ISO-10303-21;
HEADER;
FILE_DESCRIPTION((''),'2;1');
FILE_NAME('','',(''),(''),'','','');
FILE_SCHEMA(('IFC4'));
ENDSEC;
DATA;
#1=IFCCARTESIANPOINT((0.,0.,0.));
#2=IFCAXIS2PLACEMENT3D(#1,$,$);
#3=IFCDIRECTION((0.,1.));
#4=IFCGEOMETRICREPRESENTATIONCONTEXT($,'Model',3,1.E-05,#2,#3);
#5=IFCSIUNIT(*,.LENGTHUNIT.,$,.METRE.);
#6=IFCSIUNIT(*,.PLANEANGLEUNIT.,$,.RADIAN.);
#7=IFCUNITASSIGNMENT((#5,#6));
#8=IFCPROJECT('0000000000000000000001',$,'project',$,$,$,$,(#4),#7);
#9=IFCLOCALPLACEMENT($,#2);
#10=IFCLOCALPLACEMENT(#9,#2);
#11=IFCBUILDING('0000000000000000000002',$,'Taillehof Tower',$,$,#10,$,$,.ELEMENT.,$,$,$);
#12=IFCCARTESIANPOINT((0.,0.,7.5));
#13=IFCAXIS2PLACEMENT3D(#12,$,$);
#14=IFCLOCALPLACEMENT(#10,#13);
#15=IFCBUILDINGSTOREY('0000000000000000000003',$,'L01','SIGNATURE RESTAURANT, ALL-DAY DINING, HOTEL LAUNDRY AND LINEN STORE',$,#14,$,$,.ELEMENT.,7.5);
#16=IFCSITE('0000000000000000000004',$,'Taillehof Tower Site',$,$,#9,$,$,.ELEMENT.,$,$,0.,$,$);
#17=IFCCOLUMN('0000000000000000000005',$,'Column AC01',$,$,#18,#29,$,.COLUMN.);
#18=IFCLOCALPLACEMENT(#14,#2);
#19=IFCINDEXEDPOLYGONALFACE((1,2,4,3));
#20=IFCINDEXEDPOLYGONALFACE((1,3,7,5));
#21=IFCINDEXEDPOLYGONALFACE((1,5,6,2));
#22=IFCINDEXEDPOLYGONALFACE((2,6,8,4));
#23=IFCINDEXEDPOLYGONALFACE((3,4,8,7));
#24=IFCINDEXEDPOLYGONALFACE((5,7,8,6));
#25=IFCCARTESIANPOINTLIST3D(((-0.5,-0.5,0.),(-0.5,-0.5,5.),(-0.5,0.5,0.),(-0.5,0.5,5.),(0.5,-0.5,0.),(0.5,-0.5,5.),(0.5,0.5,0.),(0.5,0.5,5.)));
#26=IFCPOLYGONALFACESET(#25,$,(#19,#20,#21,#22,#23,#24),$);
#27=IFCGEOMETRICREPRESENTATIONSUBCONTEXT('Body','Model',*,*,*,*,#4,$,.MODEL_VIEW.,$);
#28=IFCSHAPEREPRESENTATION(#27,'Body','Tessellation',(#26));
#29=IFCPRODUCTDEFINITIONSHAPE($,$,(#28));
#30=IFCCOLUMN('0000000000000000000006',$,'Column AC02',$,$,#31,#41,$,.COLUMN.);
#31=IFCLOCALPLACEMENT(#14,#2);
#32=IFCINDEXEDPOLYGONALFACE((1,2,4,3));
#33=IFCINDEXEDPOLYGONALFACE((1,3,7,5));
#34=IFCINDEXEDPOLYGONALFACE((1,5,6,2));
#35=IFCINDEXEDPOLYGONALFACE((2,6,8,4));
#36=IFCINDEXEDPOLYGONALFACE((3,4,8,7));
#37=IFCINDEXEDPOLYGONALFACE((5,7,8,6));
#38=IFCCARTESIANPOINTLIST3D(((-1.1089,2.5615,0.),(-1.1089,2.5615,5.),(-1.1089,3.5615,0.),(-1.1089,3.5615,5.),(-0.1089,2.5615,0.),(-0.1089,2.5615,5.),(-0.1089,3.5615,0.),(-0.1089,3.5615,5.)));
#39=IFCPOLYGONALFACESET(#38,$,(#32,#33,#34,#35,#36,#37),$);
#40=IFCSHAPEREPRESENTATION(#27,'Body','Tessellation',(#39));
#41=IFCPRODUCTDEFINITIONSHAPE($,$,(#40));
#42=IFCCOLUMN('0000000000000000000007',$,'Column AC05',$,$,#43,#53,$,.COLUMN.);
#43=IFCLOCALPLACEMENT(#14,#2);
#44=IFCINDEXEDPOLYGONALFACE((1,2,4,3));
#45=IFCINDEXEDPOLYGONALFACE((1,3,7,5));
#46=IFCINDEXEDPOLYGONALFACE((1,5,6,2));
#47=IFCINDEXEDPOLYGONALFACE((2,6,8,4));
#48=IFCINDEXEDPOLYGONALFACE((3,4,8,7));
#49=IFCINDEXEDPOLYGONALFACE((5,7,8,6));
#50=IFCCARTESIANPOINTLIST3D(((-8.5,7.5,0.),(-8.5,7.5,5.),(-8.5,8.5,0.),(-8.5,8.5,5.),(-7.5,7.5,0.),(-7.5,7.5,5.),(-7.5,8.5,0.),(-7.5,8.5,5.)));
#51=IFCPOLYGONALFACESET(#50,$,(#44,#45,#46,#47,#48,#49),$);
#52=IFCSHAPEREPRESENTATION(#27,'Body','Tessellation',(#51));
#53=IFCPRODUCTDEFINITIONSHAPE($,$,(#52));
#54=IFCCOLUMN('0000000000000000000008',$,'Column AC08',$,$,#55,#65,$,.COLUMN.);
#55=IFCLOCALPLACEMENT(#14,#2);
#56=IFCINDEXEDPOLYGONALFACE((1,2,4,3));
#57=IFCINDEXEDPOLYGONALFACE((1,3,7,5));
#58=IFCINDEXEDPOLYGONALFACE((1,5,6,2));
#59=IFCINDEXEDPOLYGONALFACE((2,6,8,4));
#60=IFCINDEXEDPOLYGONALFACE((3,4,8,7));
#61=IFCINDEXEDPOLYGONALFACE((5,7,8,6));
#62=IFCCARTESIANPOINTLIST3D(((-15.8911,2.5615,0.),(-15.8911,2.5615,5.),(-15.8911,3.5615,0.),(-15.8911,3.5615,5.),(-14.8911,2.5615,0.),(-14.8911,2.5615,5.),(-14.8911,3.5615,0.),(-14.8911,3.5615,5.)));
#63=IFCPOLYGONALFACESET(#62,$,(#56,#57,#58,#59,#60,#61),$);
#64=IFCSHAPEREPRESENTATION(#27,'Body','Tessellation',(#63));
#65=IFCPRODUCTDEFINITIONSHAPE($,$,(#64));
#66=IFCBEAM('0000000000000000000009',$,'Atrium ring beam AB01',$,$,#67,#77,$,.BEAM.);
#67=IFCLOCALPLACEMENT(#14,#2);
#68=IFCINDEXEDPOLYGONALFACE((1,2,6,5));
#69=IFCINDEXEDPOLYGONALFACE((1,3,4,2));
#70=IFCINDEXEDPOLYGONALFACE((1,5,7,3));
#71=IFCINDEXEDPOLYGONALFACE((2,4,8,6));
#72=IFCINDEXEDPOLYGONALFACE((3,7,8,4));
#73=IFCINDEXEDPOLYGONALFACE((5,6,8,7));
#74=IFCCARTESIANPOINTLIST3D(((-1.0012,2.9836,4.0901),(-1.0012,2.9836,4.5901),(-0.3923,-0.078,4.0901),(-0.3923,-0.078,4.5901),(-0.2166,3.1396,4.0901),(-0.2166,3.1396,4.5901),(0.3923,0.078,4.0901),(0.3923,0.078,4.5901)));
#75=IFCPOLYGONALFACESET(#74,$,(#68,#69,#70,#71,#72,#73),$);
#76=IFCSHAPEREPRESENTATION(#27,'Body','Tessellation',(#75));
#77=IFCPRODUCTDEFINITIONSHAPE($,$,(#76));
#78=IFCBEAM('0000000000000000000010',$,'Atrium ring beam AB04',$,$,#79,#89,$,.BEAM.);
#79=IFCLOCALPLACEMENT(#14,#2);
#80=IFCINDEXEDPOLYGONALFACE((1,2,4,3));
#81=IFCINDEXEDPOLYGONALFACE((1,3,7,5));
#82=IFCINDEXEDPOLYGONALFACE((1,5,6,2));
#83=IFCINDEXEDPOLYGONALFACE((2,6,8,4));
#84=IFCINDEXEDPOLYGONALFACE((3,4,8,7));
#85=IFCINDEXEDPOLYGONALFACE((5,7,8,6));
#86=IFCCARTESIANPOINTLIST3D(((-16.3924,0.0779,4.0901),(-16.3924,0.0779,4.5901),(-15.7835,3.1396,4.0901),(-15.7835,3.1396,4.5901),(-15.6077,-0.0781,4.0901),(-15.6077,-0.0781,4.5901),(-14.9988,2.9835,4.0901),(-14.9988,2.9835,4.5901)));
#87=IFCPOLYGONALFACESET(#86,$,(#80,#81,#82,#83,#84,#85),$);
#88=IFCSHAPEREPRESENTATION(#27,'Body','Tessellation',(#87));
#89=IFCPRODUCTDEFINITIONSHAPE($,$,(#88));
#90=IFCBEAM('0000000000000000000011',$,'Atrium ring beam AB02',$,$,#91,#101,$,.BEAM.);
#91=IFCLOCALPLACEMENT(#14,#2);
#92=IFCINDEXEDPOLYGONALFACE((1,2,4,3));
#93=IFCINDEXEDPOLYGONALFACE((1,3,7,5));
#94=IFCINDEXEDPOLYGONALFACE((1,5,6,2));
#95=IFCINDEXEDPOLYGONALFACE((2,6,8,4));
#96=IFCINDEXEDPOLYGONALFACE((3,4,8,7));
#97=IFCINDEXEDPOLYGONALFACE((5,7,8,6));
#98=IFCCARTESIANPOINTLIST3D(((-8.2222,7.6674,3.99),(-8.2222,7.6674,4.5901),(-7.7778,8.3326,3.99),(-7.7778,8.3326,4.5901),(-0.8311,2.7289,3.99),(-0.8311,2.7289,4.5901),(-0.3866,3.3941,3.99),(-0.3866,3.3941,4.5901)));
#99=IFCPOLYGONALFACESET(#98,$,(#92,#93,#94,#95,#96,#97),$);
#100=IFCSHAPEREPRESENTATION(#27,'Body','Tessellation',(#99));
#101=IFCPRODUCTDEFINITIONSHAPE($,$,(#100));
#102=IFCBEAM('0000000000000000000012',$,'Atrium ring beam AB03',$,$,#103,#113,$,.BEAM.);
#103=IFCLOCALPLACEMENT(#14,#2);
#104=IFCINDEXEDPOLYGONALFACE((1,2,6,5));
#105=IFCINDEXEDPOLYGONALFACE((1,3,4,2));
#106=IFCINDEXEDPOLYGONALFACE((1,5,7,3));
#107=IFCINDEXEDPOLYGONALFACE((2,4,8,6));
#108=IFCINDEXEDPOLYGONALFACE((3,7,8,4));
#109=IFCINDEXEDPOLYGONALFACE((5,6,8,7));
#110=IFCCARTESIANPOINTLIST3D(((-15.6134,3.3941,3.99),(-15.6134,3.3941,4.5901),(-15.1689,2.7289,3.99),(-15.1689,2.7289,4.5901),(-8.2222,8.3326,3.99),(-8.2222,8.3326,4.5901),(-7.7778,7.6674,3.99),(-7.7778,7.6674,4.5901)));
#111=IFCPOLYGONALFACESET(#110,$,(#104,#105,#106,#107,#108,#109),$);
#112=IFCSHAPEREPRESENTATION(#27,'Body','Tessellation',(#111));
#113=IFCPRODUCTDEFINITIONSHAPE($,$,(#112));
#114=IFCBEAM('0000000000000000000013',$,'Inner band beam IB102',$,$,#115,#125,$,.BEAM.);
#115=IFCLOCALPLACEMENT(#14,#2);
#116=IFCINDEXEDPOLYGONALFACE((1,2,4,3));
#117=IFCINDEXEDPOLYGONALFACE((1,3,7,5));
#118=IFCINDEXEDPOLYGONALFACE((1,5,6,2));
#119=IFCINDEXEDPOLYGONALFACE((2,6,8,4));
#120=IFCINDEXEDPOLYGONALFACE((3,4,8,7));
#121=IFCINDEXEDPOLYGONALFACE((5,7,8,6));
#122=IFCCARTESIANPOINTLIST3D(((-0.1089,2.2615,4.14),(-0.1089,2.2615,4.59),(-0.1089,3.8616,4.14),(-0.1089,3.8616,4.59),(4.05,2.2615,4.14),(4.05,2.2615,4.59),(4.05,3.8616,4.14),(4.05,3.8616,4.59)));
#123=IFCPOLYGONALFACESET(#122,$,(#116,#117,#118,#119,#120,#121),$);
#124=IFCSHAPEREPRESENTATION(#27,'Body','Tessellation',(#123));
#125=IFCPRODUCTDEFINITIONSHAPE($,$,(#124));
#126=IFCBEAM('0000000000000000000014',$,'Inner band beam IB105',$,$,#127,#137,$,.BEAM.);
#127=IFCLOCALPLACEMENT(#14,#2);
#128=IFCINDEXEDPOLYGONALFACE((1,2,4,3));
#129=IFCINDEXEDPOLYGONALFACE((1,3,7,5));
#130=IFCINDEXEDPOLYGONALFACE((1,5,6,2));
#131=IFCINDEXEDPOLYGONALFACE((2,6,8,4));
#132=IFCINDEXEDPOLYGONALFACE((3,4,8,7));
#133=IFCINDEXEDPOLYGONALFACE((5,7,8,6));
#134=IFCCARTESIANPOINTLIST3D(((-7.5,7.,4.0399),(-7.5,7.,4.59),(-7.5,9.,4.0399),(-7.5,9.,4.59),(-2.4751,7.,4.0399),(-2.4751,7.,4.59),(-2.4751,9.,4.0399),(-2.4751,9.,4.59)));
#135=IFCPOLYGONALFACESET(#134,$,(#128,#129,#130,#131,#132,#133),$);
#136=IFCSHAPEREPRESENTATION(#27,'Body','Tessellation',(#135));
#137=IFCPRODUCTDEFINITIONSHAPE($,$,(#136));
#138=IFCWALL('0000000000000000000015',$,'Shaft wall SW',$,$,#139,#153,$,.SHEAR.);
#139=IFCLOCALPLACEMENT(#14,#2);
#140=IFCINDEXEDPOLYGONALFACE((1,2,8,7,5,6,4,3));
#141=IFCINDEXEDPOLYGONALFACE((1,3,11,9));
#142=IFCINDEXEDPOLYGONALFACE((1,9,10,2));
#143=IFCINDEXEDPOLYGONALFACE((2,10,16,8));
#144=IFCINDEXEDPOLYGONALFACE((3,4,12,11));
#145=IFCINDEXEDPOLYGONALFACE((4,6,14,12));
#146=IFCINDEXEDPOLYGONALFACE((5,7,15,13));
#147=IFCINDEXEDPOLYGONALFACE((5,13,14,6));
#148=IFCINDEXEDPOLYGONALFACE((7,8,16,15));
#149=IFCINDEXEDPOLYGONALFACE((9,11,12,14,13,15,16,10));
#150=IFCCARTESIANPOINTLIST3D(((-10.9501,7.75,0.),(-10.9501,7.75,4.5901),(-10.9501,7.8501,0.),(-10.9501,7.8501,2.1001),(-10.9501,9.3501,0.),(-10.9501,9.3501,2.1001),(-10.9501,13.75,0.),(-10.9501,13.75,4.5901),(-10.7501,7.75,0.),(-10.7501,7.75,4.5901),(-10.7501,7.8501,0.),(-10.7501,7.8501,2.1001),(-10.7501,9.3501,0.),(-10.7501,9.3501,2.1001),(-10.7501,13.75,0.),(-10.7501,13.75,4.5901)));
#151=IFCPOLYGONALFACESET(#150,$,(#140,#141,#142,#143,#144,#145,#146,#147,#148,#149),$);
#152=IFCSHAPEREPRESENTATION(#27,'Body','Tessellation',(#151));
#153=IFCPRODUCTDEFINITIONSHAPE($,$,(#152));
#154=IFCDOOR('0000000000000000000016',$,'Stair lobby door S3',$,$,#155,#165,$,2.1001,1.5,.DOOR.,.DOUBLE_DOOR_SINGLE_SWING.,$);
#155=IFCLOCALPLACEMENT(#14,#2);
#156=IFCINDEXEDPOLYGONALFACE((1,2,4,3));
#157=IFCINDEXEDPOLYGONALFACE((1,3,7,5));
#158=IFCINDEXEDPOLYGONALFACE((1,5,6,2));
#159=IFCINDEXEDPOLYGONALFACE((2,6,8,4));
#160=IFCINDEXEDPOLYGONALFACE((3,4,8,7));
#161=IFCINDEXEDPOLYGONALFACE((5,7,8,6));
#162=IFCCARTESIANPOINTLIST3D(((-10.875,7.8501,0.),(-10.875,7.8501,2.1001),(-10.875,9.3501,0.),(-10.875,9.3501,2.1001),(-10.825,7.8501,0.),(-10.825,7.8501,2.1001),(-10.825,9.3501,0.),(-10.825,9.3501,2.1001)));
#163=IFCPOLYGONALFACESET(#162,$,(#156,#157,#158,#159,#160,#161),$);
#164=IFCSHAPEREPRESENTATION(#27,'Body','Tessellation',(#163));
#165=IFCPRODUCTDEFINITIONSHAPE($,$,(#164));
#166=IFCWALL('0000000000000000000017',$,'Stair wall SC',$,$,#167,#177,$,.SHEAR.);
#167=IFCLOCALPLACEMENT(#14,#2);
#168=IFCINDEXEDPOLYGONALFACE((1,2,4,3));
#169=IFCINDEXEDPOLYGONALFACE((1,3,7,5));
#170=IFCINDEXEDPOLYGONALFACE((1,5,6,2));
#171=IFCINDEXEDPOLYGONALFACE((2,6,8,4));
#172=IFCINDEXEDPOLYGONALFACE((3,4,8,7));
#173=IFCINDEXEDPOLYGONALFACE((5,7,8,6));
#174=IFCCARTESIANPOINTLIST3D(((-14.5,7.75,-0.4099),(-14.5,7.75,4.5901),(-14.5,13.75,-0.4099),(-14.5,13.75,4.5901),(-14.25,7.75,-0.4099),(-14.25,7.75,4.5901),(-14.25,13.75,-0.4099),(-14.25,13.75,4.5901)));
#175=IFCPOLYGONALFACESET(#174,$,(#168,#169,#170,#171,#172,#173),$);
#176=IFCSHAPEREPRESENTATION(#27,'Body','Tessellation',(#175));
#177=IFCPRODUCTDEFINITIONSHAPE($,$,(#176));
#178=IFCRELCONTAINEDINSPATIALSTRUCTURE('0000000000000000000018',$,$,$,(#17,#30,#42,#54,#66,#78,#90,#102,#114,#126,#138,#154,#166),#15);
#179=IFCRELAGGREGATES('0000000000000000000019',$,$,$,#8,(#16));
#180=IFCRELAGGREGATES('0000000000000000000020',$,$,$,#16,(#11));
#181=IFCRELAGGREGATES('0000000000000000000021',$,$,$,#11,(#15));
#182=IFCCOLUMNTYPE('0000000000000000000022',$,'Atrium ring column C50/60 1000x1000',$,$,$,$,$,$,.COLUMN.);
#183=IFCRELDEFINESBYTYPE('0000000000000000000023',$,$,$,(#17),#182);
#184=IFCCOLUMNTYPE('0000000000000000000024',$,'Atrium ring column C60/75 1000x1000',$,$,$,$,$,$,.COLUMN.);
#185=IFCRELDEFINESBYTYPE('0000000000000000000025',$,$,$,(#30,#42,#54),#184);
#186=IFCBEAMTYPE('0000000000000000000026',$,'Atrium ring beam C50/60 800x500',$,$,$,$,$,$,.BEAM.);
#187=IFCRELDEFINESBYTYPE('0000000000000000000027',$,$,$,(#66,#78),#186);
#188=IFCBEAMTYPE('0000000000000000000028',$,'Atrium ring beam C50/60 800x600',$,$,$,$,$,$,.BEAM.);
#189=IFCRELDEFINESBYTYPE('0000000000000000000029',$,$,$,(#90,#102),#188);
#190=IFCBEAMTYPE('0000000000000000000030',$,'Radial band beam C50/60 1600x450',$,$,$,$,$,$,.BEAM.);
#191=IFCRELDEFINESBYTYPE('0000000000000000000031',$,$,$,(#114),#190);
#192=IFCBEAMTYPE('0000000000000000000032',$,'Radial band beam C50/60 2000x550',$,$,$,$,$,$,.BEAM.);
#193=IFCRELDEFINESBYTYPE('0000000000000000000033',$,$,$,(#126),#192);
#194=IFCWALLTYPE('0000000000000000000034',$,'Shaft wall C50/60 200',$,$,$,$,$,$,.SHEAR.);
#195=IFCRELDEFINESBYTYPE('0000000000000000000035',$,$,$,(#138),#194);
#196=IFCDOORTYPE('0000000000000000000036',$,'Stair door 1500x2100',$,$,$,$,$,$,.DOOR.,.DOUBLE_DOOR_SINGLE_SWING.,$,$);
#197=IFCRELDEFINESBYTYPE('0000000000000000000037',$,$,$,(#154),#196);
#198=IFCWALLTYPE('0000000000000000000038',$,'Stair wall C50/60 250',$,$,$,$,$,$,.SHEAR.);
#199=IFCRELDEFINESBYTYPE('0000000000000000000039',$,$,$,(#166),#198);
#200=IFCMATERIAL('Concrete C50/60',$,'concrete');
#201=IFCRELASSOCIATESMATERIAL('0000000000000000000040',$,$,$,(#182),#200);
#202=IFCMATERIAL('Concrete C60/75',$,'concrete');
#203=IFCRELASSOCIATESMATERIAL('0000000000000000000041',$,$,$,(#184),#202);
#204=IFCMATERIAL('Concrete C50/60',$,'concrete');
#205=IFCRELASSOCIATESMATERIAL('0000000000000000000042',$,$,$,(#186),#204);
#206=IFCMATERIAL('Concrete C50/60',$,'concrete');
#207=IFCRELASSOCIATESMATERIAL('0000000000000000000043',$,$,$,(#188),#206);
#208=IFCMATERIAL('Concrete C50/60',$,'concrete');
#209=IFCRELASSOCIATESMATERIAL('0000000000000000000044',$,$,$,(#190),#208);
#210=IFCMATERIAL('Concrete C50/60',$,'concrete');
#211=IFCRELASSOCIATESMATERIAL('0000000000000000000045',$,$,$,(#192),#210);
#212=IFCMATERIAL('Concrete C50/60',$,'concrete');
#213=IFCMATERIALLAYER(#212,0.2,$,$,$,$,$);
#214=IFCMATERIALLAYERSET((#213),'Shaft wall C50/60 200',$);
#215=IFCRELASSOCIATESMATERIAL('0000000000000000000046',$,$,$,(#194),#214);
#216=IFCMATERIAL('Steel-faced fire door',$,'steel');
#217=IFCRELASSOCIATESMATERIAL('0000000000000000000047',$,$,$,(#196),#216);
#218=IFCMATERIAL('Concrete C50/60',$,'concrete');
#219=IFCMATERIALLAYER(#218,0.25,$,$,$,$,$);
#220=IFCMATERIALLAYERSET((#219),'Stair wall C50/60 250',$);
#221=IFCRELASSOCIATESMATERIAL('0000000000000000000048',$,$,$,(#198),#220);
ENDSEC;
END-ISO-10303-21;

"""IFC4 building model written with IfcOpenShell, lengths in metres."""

from ifc_helpers import new_model, si_unit, direction, frame, frame_2d, origin, origin_with_axes, origin_2d, place, context, subcontext, project, spatial, rectangle, extrude, material, layer, layer_set, material_profile, profile_set, type_object, element, fill, save


model = new_model("IFC4")

# Units and contexts
model_context = context("Model", 3, precision=1e-05, world=origin(), true_north=direction((0.0, 1.0)))
body_context = subcontext(model_context, "Body", "Model", "MODEL_VIEW")
ifc_project = project(units=[si_unit("LENGTHUNIT", "METRE"), si_unit("PLANEANGLEUNIT", "RADIAN")], contexts=[model_context])

# Site, building, storey
site_placement = place(None, origin())
site = spatial("IfcSite", under=ifc_project, at=site_placement, Name="Taillehof Tower Site", CompositionType="ELEMENT", RefElevation=0.0)
building_placement = place(site_placement, origin())
building = spatial("IfcBuilding", under=site, at=building_placement, Name="Taillehof Tower", CompositionType="ELEMENT")
storey_placement = place(building_placement, frame((0.0, 0.0, 7.5)))
storey = spatial("IfcBuildingStorey", under=building, at=storey_placement, Name="L01", Description="SIGNATURE RESTAURANT, ALL-DAY DINING, HOTEL LAUNDRY AND LINEN STORE", CompositionType="ELEMENT", Elevation=7.5)

# Columns
ifc_material_1 = material(Name="Concrete C50/60", Category="concrete")
ifc_material_profile_1 = material_profile(ifc_material_1, rectangle(XDim=1.0, YDim=1.0, at=origin_2d()), Name="RC 1000x1000")
ifc_profile_set_1 = profile_set([ifc_material_profile_1], Name="Concrete C50/60")
column_type_1 = type_object("IfcColumnType", Name="Atrium ring column C50/60 1000x1000", PredefinedType="COLUMN", material=ifc_profile_set_1)
column_placement = place(storey_placement, origin_with_axes())
element("IfcColumn", 1, at=column_placement, inside=storey, type_object=column_type_1, Name="Column AC01", PredefinedType="COLUMN", context=body_context, shape_type="SweptSolid", body=[
    extrude(rectangle(XDim=1.0, YDim=1.0, at=origin_2d()), origin(), (0.0, 0.0, 1.0), 5.0),
])
ifc_material_2 = material(Name="Concrete C60/75", Category="concrete")
ifc_material_profile_2 = material_profile(ifc_material_2, rectangle(XDim=1.0, YDim=1.0, at=origin_2d()), Name="RC 1000x1000")
ifc_profile_set_2 = profile_set([ifc_material_profile_2], Name="Concrete C60/75")
column_type_2 = type_object("IfcColumnType", Name="Atrium ring column C60/75 1000x1000", PredefinedType="COLUMN", material=ifc_profile_set_2)
for number, where, z_axis, x_axis, name in (
    (2, (-0.6089, 3.0615, 0.0), (0.0, 0.0, 1.0), (1.0, 0.0, 0.0), "Column AC02"),
    (3, (-8.0, 8.0, 0.0), (0.0, 0.0, 1.0), (1.0, 0.0, 0.0), "Column AC05"),
    (4, (-15.3911, 3.0615, 0.0), (0.0, 0.0, 1.0), (1.0, 0.0, 0.0), "Column AC08"),
):
    element("IfcColumn", number, at=place(storey_placement, frame(where, z_axis=z_axis, x_axis=x_axis)), inside=storey, type_object=column_type_2, Name=name, PredefinedType="COLUMN", context=body_context, shape_type="SweptSolid", body=[
        extrude(rectangle(XDim=1.0, YDim=1.0, at=origin_2d()), origin(), (0.0, 0.0, 1.0), 5.0),
    ])

# Beams
ifc_material_3 = material(Name="Concrete C50/60", Category="concrete")
ifc_material_profile_3 = material_profile(ifc_material_3, rectangle(XDim=0.8, YDim=0.5, at=origin_2d()), Name="RC 800x500")
ifc_profile_set_3 = profile_set([ifc_material_profile_3], Name="Concrete C50/60")
beam_type_1 = type_object("IfcBeamType", Name="Atrium ring beam C50/60 800x500", PredefinedType="BEAM", material=ifc_profile_set_3)
for number, where, z_axis, x_axis, name in (
    (5, (0.0, 0.0, 4.3401), (-0.195063, 0.980791, 0.0), (-0.980791, -0.195063, 0.0), "Atrium ring beam AB01"),
    (6, (-15.3911, 3.0615, 4.3401), (-0.195063, -0.980791, 0.0), (0.980791, -0.195063, 0.0), "Atrium ring beam AB04"),
):
    element("IfcBeam", number, at=place(storey_placement, frame(where, z_axis=z_axis, x_axis=x_axis)), inside=storey, type_object=beam_type_1, Name=name, PredefinedType="BEAM", context=body_context, shape_type="SweptSolid", body=[
        extrude(rectangle(XDim=0.8, YDim=0.5, at=origin_2d()), origin(), (0.0, 0.0, 1.0), 3.1216),
    ])
ifc_material_4 = material(Name="Concrete C50/60", Category="concrete")
ifc_material_profile_4 = material_profile(ifc_material_4, rectangle(XDim=0.8, YDim=0.6001, at=origin_2d()), Name="RC 800x600")
ifc_profile_set_4 = profile_set([ifc_material_profile_4], Name="Concrete C50/60")
beam_type_2 = type_object("IfcBeamType", Name="Atrium ring beam C50/60 800x600", PredefinedType="BEAM", material=ifc_profile_set_4)
for number, where, z_axis, x_axis, name in (
    (7, (-0.6089, 3.0615, 4.29), (-0.831475, 0.555562, 0.0), (-0.555562, -0.831475, 0.0), "Atrium ring beam AB02"),
    (8, (-8.0, 8.0, 4.29), (-0.831475, -0.555562, 0.0), (0.555562, -0.831475, 0.0), "Atrium ring beam AB03"),
):
    element("IfcBeam", number, at=place(storey_placement, frame(where, z_axis=z_axis, x_axis=x_axis)), inside=storey, type_object=beam_type_2, Name=name, PredefinedType="BEAM", context=body_context, shape_type="SweptSolid", body=[
        extrude(rectangle(XDim=0.8, YDim=0.6001, at=origin_2d()), origin(), (0.0, 0.0, 1.0), 8.8892),
    ])
ifc_material_5 = material(Name="Concrete C50/60", Category="concrete")
ifc_material_profile_5 = material_profile(ifc_material_5, rectangle(XDim=1.6001, YDim=0.45, at=origin_2d()), Name="RC 1600x450")
ifc_profile_set_5 = profile_set([ifc_material_profile_5], Name="Concrete C50/60")
beam_type_3 = type_object("IfcBeamType", Name="Radial band beam C50/60 1600x450", PredefinedType="BEAM", material=ifc_profile_set_5)
beam_1_placement = place(storey_placement, frame((-0.1089, 3.0615, 4.365), z_axis=(1.0, 0.0, 0.0), x_axis=(0.0, 1.0, 0.0)))
element("IfcBeam", 9, at=beam_1_placement, inside=storey, type_object=beam_type_3, Name="Inner band beam IB102", PredefinedType="BEAM", context=body_context, shape_type="SweptSolid", body=[
    extrude(rectangle(XDim=1.6001, YDim=0.45, at=origin_2d()), origin(), (0.0, 0.0, 1.0), 4.1589),
])
ifc_material_6 = material(Name="Concrete C50/60", Category="concrete")
ifc_material_profile_6 = material_profile(ifc_material_6, rectangle(XDim=2.0, YDim=0.55, at=origin_2d()), Name="RC 2000x550")
ifc_profile_set_6 = profile_set([ifc_material_profile_6], Name="Concrete C50/60")
beam_type_4 = type_object("IfcBeamType", Name="Radial band beam C50/60 2000x550", PredefinedType="BEAM", material=ifc_profile_set_6)
beam_2_placement = place(storey_placement, frame((-7.5, 8.0, 4.3149), z_axis=(1.0, 0.0, 0.0), x_axis=(0.0, 1.0, 0.0)))
element("IfcBeam", 10, at=beam_2_placement, inside=storey, type_object=beam_type_4, Name="Inner band beam IB105", PredefinedType="BEAM", context=body_context, shape_type="SweptSolid", body=[
    extrude(rectangle(XDim=2.0, YDim=0.55, at=origin_2d()), origin(), (0.0, 0.0, 1.0), 5.0249),
])

# Wall, opening, door
ifc_material_7 = material(Name="Concrete C50/60", Category="concrete")
ifc_layer_1 = layer(ifc_material_7, 0.2)
ifc_layer_set_1 = layer_set([ifc_layer_1], Name="Shaft wall C50/60 200")
wall_type_1 = type_object("IfcWallType", Name="Shaft wall C50/60 200", PredefinedType="SHEAR", material=ifc_layer_set_1)
wall_1_placement = place(storey_placement, frame((-10.8501, 7.75, 0.0), z_axis=(0.0, 0.0, 1.0), x_axis=(0.0, 1.0, 0.0)))
wall_1 = element("IfcWall", 11, at=wall_1_placement, inside=storey, type_object=wall_type_1, Name="Shaft wall SW", PredefinedType="SHEAR", context=body_context, shape_type="SweptSolid", body=[
    extrude(rectangle(XDim=6.0, YDim=0.2, at=frame_2d((3.0, 0.0))), origin(), (0.0, 0.0, 1.0), 4.5901),
])
opening_1_placement = place(wall_1_placement, frame((0.1001, 0.0, 0.0)))
opening_1 = element("IfcOpeningElement", 12, at=opening_1_placement, cuts=wall_1, PredefinedType="OPENING", context=body_context, shape_type="SweptSolid", body=[
    extrude(rectangle(XDim=1.5, YDim=2.1001, at=frame_2d((0.75, 1.05))), frame((0.0, 0.1099, 0.0), z_axis=(0.0, -1.0, 0.0), x_axis=(1.0, 0.0, 0.0)), (0.0, 0.0, 1.0), 0.22),
])
ifc_material_8 = material(Name="Steel-faced fire door", Category="steel")
door_type = type_object("IfcDoorType", Name="Stair door 1500x2100", OperationType="DOUBLE_DOOR_SINGLE_SWING", PredefinedType="DOOR", material=ifc_material_8)
door_1_placement = place(opening_1_placement, origin())
door_1 = element("IfcDoor", 13, at=door_1_placement, inside=storey, type_object=door_type, Name="Stair lobby door S3", OperationType="DOUBLE_DOOR_SINGLE_SWING", OverallHeight=2.1001, OverallWidth=1.5, PredefinedType="DOOR", context=body_context, shape_type="SweptSolid", body=[
    extrude(rectangle(XDim=1.5, YDim=2.1001, at=frame_2d((0.75, 1.05))), frame((0.0, 0.0249, 0.0), z_axis=(0.0, -1.0, 0.0), x_axis=(1.0, 0.0, 0.0)), (0.0, 0.0, 1.0), 0.05),
])
fill(opening_1, door_1)

# Wall
ifc_material_9 = material(Name="Concrete C50/60", Category="concrete")
ifc_layer_2 = layer(ifc_material_9, 0.25)
ifc_layer_set_2 = layer_set([ifc_layer_2], Name="Stair wall C50/60 250")
wall_type_2 = type_object("IfcWallType", Name="Stair wall C50/60 250", PredefinedType="SHEAR", material=ifc_layer_set_2)
wall_2_placement = place(storey_placement, frame((-14.375, 7.75, -0.4099), z_axis=(0.0, 0.0, 1.0), x_axis=(0.0, 1.0, 0.0)))
element("IfcWall", 14, at=wall_2_placement, inside=storey, type_object=wall_type_2, Name="Stair wall SC", PredefinedType="SHEAR", context=body_context, shape_type="SweptSolid", body=[
    extrude(rectangle(XDim=6.0, YDim=0.25, at=frame_2d((3.0, 0.0))), origin(), (0.0, 0.0, 1.0), 5.0),
])

save(model, "model.ifc")
